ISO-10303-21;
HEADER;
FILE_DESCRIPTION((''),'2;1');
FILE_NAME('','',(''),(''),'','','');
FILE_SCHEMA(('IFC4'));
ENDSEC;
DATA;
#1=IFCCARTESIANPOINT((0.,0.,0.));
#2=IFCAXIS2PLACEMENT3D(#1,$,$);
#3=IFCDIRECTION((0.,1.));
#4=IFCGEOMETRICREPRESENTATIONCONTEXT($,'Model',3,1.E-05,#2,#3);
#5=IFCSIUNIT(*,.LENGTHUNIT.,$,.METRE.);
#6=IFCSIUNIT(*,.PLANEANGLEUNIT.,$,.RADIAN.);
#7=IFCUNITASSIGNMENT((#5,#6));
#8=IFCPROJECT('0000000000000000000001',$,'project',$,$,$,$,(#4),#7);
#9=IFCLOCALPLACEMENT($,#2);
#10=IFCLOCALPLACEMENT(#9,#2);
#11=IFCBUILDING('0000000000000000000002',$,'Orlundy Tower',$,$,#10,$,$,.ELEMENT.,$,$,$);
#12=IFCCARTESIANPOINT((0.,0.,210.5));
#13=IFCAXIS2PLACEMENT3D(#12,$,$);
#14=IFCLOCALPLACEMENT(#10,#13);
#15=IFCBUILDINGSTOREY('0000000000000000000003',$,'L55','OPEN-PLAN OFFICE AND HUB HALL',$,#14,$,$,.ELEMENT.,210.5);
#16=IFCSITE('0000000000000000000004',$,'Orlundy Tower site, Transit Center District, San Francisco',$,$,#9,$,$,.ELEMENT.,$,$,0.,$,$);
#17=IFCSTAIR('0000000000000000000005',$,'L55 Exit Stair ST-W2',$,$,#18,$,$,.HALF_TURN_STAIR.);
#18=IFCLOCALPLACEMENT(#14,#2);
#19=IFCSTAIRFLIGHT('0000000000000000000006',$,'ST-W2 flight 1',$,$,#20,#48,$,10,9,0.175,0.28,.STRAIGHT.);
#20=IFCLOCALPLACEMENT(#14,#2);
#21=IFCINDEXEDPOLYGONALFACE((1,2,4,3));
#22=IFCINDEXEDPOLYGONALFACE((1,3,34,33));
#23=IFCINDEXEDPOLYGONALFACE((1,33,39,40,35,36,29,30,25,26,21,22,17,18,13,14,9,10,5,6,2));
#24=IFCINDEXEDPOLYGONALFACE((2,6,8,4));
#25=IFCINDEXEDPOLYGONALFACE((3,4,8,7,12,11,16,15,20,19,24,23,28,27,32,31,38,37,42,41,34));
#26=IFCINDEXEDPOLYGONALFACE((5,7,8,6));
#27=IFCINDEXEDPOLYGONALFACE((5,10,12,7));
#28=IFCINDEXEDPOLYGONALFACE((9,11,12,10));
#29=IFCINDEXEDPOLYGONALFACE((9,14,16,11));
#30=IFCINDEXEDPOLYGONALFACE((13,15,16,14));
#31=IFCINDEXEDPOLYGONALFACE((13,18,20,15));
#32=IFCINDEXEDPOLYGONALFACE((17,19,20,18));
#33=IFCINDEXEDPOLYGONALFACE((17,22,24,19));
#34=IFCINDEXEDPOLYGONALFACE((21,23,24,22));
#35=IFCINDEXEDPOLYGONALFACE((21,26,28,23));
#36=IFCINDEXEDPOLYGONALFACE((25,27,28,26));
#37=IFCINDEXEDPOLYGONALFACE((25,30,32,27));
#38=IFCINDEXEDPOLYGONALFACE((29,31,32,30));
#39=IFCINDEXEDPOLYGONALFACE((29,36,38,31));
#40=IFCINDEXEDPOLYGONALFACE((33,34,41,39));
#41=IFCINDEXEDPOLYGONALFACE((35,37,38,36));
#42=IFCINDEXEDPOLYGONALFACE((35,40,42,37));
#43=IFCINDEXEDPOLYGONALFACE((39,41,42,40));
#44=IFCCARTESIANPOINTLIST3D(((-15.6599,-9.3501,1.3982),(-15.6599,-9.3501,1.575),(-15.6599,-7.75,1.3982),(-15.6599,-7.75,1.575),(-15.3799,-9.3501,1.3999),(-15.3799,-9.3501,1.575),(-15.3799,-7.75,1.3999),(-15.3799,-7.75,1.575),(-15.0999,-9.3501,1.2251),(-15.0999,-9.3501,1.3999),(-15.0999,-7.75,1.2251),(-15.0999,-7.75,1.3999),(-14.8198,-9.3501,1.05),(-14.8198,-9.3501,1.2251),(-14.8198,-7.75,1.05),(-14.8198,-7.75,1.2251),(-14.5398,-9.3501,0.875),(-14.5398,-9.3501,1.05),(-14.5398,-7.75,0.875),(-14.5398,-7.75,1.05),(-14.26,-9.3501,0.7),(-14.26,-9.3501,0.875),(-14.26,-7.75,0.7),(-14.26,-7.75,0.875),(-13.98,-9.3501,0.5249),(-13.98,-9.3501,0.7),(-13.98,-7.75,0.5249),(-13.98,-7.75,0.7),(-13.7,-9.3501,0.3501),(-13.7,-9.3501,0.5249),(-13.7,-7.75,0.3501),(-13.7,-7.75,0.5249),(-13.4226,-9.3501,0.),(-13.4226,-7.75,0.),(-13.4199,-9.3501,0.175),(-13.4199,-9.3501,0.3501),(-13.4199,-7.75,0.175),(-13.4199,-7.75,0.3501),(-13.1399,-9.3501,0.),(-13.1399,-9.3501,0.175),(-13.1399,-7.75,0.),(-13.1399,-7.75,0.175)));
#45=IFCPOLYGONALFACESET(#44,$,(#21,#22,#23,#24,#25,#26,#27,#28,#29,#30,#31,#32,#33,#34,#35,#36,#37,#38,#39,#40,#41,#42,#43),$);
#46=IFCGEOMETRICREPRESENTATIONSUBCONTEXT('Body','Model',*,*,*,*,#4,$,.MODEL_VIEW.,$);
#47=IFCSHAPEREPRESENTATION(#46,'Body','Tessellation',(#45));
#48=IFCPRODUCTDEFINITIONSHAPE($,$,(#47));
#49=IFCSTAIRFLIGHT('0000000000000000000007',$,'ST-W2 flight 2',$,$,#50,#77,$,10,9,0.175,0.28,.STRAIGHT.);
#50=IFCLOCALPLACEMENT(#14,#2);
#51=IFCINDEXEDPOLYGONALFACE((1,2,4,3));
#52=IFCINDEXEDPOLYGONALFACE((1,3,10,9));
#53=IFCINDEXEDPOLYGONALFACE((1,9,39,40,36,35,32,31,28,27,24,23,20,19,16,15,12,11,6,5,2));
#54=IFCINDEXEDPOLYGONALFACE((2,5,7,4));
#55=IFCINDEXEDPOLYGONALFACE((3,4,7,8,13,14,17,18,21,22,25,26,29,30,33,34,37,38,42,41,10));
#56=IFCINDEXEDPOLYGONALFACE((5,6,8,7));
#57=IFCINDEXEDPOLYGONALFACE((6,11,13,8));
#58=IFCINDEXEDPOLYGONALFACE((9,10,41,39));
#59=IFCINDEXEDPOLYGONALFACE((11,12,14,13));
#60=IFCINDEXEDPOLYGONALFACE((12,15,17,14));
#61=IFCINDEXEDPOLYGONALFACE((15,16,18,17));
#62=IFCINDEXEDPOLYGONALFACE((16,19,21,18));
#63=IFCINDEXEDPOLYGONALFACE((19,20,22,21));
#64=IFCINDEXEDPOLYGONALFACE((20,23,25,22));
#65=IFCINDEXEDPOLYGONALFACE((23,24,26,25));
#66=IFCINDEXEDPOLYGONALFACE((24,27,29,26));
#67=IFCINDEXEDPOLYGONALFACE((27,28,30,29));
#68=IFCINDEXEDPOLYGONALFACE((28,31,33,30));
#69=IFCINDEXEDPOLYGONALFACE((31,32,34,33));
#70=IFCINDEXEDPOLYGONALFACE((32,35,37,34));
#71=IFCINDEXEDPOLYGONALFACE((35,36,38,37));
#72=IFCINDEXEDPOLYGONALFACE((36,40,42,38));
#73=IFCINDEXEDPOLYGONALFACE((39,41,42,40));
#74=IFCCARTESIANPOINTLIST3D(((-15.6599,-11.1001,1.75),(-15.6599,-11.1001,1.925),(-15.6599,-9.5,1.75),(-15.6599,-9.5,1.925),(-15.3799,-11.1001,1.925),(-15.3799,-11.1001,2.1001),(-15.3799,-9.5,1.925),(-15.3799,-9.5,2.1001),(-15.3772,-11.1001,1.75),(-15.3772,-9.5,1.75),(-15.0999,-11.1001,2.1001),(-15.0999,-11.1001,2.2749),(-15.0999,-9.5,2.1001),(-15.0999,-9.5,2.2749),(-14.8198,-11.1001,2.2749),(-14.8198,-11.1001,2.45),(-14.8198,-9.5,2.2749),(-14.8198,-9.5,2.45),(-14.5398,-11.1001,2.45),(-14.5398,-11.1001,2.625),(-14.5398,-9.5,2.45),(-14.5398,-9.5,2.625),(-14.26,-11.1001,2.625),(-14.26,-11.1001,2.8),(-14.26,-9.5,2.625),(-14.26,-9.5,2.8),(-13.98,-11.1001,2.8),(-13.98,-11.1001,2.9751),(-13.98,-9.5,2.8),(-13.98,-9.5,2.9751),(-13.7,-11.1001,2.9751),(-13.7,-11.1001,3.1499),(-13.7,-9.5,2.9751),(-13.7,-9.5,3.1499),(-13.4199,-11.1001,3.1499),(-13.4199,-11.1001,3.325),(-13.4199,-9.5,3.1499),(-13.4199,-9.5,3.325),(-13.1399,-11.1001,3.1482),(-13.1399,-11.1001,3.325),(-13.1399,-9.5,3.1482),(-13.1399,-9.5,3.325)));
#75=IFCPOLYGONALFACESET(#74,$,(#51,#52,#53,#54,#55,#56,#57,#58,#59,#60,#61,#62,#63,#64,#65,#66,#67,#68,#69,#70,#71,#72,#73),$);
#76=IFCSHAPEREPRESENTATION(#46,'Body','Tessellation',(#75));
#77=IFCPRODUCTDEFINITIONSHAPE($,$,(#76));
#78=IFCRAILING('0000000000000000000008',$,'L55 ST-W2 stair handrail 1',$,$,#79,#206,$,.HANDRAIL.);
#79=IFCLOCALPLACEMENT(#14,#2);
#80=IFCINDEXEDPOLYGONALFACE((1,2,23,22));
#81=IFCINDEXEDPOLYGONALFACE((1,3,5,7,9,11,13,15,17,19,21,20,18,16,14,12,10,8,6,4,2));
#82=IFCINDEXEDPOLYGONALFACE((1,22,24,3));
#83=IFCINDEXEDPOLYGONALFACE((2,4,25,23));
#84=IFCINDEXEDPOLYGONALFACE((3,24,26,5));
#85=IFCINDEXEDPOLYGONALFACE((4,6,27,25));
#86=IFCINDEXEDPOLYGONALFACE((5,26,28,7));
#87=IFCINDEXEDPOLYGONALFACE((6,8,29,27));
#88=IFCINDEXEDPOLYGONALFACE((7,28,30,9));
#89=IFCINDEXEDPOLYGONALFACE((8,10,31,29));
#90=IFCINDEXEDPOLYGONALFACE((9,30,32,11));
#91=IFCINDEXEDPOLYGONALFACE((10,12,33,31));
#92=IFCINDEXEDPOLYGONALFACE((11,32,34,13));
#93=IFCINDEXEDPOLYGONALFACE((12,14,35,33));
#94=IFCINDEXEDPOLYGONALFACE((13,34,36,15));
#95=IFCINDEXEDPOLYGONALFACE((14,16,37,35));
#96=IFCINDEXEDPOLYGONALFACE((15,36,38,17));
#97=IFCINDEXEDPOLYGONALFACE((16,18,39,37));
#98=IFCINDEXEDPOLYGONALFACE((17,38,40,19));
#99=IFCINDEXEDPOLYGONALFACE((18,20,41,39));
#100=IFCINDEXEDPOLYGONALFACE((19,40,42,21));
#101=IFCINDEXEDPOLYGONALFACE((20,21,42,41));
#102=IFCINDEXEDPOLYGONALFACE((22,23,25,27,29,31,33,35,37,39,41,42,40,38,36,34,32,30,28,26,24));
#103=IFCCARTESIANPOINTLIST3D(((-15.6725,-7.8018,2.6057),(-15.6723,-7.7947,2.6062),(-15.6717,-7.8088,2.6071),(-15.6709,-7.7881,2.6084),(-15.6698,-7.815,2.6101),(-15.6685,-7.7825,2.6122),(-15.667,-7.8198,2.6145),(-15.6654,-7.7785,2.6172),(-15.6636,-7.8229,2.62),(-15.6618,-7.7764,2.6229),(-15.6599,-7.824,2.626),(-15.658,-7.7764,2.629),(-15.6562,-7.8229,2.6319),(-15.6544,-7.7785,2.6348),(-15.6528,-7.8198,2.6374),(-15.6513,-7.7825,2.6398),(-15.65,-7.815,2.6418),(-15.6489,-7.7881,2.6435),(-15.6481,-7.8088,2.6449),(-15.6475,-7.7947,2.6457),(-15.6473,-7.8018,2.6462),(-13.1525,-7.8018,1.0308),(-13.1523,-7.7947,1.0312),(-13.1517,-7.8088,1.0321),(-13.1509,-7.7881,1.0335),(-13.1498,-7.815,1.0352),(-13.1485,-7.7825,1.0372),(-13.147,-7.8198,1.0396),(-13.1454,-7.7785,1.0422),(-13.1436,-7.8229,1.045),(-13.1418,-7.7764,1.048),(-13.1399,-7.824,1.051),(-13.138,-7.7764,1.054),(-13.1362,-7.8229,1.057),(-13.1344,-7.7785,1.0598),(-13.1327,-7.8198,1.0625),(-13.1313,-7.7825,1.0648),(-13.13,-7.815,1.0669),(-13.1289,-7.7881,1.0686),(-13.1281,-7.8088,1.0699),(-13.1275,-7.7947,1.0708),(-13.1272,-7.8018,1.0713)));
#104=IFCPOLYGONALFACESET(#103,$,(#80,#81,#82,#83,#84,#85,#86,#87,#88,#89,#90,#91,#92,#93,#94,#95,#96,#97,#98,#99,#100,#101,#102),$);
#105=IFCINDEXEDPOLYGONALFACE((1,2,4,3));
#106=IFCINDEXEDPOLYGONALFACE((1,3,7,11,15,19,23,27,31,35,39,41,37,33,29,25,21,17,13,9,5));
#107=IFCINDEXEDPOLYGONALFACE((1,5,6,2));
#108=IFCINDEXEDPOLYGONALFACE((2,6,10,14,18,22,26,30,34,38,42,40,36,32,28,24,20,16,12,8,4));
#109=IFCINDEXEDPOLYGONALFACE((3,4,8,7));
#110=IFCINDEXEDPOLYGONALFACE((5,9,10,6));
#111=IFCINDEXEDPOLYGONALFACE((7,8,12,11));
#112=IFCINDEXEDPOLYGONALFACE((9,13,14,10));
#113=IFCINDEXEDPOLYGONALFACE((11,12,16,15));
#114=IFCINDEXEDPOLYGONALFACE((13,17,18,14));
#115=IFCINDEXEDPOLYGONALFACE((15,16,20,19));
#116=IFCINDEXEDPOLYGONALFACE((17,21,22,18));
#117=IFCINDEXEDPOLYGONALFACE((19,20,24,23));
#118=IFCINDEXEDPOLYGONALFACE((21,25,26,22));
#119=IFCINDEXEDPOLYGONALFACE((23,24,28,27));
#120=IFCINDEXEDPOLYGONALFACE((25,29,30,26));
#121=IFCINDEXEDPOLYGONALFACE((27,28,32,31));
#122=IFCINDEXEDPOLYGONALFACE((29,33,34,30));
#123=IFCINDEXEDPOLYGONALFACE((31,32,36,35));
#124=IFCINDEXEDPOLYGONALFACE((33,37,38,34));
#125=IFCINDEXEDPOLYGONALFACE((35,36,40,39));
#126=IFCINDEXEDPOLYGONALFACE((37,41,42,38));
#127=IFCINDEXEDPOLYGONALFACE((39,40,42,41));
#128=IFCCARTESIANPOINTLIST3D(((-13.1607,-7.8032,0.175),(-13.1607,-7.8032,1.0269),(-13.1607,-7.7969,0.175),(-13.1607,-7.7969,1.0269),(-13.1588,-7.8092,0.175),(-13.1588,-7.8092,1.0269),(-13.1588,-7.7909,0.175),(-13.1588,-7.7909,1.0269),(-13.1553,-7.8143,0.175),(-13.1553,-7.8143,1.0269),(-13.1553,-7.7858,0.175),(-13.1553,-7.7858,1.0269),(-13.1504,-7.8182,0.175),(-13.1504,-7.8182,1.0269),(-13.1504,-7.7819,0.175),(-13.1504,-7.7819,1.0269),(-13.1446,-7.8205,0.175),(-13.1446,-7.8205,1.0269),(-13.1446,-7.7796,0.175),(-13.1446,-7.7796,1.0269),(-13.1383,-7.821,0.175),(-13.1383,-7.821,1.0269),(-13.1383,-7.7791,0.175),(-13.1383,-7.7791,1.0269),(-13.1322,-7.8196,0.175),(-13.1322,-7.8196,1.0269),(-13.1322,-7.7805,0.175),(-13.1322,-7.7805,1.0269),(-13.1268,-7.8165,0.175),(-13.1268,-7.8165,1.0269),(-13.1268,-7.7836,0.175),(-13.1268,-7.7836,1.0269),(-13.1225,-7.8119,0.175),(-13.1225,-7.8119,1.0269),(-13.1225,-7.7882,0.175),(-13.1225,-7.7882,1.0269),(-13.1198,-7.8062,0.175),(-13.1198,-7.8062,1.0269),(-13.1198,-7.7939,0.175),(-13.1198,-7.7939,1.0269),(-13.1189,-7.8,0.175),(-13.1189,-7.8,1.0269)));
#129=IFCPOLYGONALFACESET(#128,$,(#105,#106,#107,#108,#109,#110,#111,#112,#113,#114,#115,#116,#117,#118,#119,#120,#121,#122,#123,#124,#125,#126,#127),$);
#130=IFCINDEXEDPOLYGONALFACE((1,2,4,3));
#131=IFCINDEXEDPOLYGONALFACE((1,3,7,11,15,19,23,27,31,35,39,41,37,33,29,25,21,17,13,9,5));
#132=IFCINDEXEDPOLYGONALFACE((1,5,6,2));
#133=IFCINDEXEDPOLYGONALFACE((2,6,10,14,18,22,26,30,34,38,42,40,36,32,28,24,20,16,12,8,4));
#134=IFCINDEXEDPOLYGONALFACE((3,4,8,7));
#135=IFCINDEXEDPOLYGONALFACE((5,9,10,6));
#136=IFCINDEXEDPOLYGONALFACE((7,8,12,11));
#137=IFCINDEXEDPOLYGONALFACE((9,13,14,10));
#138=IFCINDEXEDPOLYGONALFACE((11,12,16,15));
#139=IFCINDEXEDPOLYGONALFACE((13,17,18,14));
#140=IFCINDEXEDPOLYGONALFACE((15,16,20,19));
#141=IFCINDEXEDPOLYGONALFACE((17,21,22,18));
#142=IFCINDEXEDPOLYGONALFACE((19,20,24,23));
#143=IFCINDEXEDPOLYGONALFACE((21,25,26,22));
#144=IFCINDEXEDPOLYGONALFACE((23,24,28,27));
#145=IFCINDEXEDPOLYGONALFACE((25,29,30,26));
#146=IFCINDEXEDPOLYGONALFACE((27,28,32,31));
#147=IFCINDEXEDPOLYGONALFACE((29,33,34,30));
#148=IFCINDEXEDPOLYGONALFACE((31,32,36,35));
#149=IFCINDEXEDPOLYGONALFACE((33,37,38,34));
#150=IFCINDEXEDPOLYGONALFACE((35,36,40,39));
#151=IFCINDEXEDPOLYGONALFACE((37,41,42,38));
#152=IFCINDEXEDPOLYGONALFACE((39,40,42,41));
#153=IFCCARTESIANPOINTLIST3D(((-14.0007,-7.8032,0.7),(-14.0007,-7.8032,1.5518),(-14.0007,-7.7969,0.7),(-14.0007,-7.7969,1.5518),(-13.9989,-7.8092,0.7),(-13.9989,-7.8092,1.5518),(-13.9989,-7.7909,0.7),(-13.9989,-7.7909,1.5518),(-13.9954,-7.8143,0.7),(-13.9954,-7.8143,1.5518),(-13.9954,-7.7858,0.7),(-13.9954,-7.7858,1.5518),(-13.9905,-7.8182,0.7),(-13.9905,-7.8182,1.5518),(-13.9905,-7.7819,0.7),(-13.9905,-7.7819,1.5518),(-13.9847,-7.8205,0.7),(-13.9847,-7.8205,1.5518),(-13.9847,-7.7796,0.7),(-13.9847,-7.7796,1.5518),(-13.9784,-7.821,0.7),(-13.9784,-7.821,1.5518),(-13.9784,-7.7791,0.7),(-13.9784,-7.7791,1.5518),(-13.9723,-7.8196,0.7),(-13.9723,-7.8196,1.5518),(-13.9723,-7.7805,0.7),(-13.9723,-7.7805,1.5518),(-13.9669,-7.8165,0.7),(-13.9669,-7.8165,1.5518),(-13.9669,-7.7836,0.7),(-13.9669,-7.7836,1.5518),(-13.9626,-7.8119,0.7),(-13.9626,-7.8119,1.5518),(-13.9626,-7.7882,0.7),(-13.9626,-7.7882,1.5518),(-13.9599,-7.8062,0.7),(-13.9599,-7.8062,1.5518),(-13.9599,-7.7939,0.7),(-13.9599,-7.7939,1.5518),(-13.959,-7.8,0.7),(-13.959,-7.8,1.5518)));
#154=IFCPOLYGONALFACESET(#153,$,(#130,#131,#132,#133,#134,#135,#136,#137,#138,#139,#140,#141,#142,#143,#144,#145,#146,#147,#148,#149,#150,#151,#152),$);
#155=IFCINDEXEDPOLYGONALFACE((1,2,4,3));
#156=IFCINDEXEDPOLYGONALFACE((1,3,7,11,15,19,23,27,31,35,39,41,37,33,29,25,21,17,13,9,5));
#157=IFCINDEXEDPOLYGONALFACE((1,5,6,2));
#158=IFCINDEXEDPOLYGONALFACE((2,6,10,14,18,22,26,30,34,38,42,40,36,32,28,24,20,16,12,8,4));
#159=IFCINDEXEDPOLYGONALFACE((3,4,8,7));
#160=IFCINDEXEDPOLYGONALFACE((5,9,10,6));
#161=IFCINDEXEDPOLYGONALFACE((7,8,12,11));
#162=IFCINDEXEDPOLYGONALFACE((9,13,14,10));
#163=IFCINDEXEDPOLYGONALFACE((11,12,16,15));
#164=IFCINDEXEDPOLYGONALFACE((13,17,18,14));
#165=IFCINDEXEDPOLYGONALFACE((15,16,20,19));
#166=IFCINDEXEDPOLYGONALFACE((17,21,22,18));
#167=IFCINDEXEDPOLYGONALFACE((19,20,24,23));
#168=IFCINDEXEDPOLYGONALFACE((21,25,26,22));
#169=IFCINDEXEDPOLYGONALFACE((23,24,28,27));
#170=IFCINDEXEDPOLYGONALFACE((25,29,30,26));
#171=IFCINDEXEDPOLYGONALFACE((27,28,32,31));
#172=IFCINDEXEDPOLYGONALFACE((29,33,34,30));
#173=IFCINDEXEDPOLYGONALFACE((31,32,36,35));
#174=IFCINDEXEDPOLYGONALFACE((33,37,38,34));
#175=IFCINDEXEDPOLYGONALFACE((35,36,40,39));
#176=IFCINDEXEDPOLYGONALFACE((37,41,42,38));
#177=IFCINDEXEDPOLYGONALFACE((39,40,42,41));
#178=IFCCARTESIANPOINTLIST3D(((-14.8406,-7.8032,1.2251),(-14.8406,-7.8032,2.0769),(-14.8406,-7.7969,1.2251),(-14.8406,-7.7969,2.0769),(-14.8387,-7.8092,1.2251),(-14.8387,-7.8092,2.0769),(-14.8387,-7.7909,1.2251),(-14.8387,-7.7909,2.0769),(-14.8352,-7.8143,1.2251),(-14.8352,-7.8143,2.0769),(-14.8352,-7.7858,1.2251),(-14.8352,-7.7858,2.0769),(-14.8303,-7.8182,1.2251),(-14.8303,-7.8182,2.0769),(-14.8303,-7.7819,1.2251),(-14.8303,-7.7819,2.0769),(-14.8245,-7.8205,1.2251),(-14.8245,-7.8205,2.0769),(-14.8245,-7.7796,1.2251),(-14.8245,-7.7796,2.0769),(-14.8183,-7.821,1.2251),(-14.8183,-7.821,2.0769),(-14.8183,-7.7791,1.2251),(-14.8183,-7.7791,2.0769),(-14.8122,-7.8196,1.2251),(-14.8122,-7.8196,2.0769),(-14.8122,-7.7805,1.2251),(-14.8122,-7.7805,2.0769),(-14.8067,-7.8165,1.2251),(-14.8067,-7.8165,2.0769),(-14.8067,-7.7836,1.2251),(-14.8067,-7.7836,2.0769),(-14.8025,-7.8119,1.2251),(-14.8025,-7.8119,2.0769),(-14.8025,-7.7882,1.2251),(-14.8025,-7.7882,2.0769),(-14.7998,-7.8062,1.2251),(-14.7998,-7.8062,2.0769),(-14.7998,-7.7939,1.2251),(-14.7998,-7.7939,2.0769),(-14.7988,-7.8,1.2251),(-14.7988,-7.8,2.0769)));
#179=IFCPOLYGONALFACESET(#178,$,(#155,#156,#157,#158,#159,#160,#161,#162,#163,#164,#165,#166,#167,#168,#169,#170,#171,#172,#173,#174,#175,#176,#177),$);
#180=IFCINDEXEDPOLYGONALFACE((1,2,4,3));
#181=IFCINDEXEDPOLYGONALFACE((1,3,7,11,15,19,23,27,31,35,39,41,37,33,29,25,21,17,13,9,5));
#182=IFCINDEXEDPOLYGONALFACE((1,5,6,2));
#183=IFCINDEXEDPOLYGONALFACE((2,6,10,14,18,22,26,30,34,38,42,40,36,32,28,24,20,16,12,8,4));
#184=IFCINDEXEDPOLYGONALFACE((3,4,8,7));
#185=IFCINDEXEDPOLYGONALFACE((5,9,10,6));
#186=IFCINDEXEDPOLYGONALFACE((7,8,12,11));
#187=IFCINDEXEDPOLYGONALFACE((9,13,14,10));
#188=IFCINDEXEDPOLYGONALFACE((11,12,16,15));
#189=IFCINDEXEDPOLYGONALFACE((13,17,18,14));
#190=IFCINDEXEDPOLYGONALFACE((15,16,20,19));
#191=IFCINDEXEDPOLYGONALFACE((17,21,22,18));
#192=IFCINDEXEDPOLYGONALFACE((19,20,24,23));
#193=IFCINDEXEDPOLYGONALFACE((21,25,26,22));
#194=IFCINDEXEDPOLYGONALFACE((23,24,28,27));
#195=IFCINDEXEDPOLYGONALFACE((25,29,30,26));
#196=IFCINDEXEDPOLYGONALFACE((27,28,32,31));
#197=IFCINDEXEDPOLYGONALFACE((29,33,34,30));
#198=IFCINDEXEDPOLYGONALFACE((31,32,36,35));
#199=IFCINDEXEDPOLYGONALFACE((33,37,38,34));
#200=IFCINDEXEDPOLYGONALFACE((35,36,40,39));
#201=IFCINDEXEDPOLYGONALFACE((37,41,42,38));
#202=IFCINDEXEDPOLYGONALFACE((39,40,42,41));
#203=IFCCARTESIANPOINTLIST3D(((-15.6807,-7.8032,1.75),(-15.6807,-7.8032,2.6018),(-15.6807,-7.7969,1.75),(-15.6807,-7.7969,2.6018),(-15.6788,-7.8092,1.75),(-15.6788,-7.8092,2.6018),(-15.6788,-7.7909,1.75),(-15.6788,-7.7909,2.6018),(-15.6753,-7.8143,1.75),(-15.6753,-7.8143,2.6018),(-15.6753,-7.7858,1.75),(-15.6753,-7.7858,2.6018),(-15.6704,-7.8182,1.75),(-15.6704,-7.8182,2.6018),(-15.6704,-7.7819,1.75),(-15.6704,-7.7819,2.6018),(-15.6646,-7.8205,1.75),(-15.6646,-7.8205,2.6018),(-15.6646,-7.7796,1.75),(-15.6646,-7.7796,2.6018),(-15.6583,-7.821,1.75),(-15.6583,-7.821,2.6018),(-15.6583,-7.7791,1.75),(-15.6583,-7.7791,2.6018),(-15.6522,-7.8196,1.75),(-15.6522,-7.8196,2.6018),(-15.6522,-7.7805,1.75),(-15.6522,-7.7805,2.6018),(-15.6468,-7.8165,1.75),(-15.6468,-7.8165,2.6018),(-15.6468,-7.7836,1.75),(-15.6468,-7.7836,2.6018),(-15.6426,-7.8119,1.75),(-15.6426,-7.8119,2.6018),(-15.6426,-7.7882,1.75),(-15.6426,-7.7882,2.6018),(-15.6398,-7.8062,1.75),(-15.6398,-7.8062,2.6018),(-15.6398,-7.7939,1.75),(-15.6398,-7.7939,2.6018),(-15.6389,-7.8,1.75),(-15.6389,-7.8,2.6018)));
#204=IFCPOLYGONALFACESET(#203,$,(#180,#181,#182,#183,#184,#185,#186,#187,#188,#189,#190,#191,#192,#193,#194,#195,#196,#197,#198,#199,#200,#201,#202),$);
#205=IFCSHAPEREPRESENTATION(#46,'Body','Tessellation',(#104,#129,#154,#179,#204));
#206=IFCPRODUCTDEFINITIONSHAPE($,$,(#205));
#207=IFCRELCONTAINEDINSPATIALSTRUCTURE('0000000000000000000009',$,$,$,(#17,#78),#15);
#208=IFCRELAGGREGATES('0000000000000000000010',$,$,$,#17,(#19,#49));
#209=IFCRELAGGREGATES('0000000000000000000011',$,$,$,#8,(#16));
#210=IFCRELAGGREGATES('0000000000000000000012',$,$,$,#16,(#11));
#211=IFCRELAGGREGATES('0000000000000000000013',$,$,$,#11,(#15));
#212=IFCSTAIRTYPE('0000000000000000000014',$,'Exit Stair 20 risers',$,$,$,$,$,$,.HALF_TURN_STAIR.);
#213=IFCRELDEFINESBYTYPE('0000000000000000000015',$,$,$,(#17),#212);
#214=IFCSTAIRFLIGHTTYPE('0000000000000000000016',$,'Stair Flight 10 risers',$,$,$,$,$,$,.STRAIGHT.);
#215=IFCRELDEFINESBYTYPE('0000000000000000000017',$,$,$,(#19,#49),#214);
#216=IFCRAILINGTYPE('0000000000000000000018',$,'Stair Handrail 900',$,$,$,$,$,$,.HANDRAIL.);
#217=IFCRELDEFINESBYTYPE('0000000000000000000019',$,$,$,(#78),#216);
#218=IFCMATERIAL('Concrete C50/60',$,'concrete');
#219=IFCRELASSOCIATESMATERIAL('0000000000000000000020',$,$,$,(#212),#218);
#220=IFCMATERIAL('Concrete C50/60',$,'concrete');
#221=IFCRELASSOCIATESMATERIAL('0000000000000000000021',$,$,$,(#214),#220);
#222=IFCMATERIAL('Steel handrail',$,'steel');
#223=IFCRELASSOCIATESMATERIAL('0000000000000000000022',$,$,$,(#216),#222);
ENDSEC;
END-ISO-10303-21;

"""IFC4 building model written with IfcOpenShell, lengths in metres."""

from ifc_helpers import new_model, si_unit, direction, frame, origin, origin_2d, place, context, subcontext, project, spatial, polyline, circle, outline, extrude, material, type_object, element, aggregate, save


model = new_model("IFC4")

# Units and contexts
model_context = context("Model", 3, precision=1e-05, world=origin(), true_north=direction((0.0, 1.0)))
body_context = subcontext(model_context, "Body", "Model", "MODEL_VIEW")
ifc_project = project(units=[si_unit("LENGTHUNIT", "METRE"), si_unit("PLANEANGLEUNIT", "RADIAN")], contexts=[model_context])

# Site, building, storey
site_placement = place(None, origin())
site = spatial("IfcSite", under=ifc_project, at=site_placement, Name="Orlundy Tower site, Transit Center District, San Francisco", CompositionType="ELEMENT", RefElevation=0.0)
building_placement = place(site_placement, origin())
building = spatial("IfcBuilding", under=site, at=building_placement, Name="Orlundy Tower", CompositionType="ELEMENT")
storey_placement = place(building_placement, frame((0.0, 0.0, 210.5)))
storey = spatial("IfcBuildingStorey", under=building, at=storey_placement, Name="L55", Description="OPEN-PLAN OFFICE AND HUB HALL", CompositionType="ELEMENT", Elevation=210.5)

# Stair, stair flights
ifc_material_1 = material(Name="Concrete C50/60", Category="concrete")
stair_type = type_object("IfcStairType", Name="Exit Stair 20 risers", PredefinedType="HALF_TURN_STAIR", material=ifc_material_1)
stair_placement = place(storey_placement, origin())
stair = element("IfcStair", 1, at=stair_placement, inside=storey, type_object=stair_type, Name="L55 Exit Stair ST-W2", PredefinedType="HALF_TURN_STAIR")
ifc_material_2 = material(Name="Concrete C50/60", Category="concrete")
stair_flight_type = type_object("IfcStairFlightType", Name="Stair Flight 10 risers", PredefinedType="STRAIGHT", material=ifc_material_2)
stair_flight_1_placement = place(storey_placement, frame((-13.1399, -8.55, 0.0), z_axis=(0.0, 0.0, 1.0), x_axis=(-1.0, 0.0, 0.0)))
stair_flight_1 = element("IfcStairFlight", 2, at=stair_flight_1_placement, type_object=stair_flight_type, Name="ST-W2 flight 1", NumberOfRisers=10, NumberOfTreads=9, PredefinedType="STRAIGHT", RiserHeight=0.175, TreadLength=0.28, context=body_context, shape_type="SweptSolid", body=[
    extrude(outline(polyline([(0.0, 0.0), (0.0, 0.175), (0.28, 0.175), (0.28, 0.3501), (0.5601, 0.3501), (0.5601, 0.5249), (0.8401, 0.5249), (0.8401, 0.7), (1.1201, 0.7), (1.1201, 0.875), (1.3999, 0.875), (1.3999, 1.05), (1.6799, 1.05), (1.6799, 1.2251), (1.96, 1.2251), (1.96, 1.3999), (2.24, 1.3999), (2.24, 1.575), (2.52, 1.575), (2.52, 1.75), (2.52, 1.3982), (0.2827, 0.0), (0.0, 0.0)])), frame((0.0, 0.8, 0.0), z_axis=(0.0, -1.0, 0.0), x_axis=(1.0, 0.0, 0.0)), (0.0, 0.0, 1.0), 1.6001),
])
stair_flight_2_placement = place(storey_placement, frame((-15.6599, -10.3, 1.75), z_axis=(0.0, 0.0, 1.0), x_axis=(1.0, 0.0, 0.0)))
stair_flight_2 = element("IfcStairFlight", 3, at=stair_flight_2_placement, type_object=stair_flight_type, Name="ST-W2 flight 2", NumberOfRisers=10, NumberOfTreads=9, PredefinedType="STRAIGHT", RiserHeight=0.175, TreadLength=0.28, context=body_context, shape_type="SweptSolid", body=[
    extrude(outline(polyline([(0.0, 0.0), (0.0, 0.175), (0.28, 0.175), (0.28, 0.3501), (0.5601, 0.3501), (0.5601, 0.5249), (0.8401, 0.5249), (0.8401, 0.7), (1.1201, 0.7), (1.1201, 0.875), (1.3999, 0.875), (1.3999, 1.05), (1.6799, 1.05), (1.6799, 1.2251), (1.96, 1.2251), (1.96, 1.3999), (2.24, 1.3999), (2.24, 1.575), (2.52, 1.575), (2.52, 1.75), (2.52, 1.3982), (0.2827, 0.0), (0.0, 0.0)])), frame((0.0, 0.8, 0.0), z_axis=(0.0, -1.0, 0.0), x_axis=(1.0, 0.0, 0.0)), (0.0, 0.0, 1.0), 1.6001),
])
aggregate(stair, [stair_flight_1, stair_flight_2])

# Railing
ifc_material_3 = material(Name="Steel handrail", Category="steel")
railing_type_1 = type_object("IfcRailingType", Name="Stair Handrail 900", PredefinedType="HANDRAIL", material=ifc_material_3)
railing_1_placement = place(storey_placement, frame((-13.1399, -7.8, 0.175)))
element("IfcRailing", 4, at=railing_1_placement, inside=storey, type_object=railing_type_1, Name="L55 ST-W2 stair handrail 1", PredefinedType="HANDRAIL", context=body_context, shape_type="SweptSolid", body=[
    extrude(circle(Radius=0.0239, at=origin_2d()), frame((0.0, 0.0, 0.876), z_axis=(-0.848008, 0.0, 0.529984), x_axis=(0.0, -1.0, 0.0)), (0.0, 0.0, 1.0), 2.9717),
    extrude(circle(Radius=0.021, at=origin_2d()), origin(), (0.0, 0.0, 1.0), 0.8518),
    extrude(circle(Radius=0.021, at=origin_2d()), frame((-0.8401, 0.0, 0.5249)), (0.0, 0.0, 1.0), 0.8518),
    extrude(circle(Radius=0.021, at=origin_2d()), frame((-1.6799, 0.0, 1.05)), (0.0, 0.0, 1.0), 0.8518),
    extrude(circle(Radius=0.021, at=origin_2d()), frame((-2.52, 0.0, 1.575)), (0.0, 0.0, 1.0), 0.8518),
])

save(model, "model.ifc")
